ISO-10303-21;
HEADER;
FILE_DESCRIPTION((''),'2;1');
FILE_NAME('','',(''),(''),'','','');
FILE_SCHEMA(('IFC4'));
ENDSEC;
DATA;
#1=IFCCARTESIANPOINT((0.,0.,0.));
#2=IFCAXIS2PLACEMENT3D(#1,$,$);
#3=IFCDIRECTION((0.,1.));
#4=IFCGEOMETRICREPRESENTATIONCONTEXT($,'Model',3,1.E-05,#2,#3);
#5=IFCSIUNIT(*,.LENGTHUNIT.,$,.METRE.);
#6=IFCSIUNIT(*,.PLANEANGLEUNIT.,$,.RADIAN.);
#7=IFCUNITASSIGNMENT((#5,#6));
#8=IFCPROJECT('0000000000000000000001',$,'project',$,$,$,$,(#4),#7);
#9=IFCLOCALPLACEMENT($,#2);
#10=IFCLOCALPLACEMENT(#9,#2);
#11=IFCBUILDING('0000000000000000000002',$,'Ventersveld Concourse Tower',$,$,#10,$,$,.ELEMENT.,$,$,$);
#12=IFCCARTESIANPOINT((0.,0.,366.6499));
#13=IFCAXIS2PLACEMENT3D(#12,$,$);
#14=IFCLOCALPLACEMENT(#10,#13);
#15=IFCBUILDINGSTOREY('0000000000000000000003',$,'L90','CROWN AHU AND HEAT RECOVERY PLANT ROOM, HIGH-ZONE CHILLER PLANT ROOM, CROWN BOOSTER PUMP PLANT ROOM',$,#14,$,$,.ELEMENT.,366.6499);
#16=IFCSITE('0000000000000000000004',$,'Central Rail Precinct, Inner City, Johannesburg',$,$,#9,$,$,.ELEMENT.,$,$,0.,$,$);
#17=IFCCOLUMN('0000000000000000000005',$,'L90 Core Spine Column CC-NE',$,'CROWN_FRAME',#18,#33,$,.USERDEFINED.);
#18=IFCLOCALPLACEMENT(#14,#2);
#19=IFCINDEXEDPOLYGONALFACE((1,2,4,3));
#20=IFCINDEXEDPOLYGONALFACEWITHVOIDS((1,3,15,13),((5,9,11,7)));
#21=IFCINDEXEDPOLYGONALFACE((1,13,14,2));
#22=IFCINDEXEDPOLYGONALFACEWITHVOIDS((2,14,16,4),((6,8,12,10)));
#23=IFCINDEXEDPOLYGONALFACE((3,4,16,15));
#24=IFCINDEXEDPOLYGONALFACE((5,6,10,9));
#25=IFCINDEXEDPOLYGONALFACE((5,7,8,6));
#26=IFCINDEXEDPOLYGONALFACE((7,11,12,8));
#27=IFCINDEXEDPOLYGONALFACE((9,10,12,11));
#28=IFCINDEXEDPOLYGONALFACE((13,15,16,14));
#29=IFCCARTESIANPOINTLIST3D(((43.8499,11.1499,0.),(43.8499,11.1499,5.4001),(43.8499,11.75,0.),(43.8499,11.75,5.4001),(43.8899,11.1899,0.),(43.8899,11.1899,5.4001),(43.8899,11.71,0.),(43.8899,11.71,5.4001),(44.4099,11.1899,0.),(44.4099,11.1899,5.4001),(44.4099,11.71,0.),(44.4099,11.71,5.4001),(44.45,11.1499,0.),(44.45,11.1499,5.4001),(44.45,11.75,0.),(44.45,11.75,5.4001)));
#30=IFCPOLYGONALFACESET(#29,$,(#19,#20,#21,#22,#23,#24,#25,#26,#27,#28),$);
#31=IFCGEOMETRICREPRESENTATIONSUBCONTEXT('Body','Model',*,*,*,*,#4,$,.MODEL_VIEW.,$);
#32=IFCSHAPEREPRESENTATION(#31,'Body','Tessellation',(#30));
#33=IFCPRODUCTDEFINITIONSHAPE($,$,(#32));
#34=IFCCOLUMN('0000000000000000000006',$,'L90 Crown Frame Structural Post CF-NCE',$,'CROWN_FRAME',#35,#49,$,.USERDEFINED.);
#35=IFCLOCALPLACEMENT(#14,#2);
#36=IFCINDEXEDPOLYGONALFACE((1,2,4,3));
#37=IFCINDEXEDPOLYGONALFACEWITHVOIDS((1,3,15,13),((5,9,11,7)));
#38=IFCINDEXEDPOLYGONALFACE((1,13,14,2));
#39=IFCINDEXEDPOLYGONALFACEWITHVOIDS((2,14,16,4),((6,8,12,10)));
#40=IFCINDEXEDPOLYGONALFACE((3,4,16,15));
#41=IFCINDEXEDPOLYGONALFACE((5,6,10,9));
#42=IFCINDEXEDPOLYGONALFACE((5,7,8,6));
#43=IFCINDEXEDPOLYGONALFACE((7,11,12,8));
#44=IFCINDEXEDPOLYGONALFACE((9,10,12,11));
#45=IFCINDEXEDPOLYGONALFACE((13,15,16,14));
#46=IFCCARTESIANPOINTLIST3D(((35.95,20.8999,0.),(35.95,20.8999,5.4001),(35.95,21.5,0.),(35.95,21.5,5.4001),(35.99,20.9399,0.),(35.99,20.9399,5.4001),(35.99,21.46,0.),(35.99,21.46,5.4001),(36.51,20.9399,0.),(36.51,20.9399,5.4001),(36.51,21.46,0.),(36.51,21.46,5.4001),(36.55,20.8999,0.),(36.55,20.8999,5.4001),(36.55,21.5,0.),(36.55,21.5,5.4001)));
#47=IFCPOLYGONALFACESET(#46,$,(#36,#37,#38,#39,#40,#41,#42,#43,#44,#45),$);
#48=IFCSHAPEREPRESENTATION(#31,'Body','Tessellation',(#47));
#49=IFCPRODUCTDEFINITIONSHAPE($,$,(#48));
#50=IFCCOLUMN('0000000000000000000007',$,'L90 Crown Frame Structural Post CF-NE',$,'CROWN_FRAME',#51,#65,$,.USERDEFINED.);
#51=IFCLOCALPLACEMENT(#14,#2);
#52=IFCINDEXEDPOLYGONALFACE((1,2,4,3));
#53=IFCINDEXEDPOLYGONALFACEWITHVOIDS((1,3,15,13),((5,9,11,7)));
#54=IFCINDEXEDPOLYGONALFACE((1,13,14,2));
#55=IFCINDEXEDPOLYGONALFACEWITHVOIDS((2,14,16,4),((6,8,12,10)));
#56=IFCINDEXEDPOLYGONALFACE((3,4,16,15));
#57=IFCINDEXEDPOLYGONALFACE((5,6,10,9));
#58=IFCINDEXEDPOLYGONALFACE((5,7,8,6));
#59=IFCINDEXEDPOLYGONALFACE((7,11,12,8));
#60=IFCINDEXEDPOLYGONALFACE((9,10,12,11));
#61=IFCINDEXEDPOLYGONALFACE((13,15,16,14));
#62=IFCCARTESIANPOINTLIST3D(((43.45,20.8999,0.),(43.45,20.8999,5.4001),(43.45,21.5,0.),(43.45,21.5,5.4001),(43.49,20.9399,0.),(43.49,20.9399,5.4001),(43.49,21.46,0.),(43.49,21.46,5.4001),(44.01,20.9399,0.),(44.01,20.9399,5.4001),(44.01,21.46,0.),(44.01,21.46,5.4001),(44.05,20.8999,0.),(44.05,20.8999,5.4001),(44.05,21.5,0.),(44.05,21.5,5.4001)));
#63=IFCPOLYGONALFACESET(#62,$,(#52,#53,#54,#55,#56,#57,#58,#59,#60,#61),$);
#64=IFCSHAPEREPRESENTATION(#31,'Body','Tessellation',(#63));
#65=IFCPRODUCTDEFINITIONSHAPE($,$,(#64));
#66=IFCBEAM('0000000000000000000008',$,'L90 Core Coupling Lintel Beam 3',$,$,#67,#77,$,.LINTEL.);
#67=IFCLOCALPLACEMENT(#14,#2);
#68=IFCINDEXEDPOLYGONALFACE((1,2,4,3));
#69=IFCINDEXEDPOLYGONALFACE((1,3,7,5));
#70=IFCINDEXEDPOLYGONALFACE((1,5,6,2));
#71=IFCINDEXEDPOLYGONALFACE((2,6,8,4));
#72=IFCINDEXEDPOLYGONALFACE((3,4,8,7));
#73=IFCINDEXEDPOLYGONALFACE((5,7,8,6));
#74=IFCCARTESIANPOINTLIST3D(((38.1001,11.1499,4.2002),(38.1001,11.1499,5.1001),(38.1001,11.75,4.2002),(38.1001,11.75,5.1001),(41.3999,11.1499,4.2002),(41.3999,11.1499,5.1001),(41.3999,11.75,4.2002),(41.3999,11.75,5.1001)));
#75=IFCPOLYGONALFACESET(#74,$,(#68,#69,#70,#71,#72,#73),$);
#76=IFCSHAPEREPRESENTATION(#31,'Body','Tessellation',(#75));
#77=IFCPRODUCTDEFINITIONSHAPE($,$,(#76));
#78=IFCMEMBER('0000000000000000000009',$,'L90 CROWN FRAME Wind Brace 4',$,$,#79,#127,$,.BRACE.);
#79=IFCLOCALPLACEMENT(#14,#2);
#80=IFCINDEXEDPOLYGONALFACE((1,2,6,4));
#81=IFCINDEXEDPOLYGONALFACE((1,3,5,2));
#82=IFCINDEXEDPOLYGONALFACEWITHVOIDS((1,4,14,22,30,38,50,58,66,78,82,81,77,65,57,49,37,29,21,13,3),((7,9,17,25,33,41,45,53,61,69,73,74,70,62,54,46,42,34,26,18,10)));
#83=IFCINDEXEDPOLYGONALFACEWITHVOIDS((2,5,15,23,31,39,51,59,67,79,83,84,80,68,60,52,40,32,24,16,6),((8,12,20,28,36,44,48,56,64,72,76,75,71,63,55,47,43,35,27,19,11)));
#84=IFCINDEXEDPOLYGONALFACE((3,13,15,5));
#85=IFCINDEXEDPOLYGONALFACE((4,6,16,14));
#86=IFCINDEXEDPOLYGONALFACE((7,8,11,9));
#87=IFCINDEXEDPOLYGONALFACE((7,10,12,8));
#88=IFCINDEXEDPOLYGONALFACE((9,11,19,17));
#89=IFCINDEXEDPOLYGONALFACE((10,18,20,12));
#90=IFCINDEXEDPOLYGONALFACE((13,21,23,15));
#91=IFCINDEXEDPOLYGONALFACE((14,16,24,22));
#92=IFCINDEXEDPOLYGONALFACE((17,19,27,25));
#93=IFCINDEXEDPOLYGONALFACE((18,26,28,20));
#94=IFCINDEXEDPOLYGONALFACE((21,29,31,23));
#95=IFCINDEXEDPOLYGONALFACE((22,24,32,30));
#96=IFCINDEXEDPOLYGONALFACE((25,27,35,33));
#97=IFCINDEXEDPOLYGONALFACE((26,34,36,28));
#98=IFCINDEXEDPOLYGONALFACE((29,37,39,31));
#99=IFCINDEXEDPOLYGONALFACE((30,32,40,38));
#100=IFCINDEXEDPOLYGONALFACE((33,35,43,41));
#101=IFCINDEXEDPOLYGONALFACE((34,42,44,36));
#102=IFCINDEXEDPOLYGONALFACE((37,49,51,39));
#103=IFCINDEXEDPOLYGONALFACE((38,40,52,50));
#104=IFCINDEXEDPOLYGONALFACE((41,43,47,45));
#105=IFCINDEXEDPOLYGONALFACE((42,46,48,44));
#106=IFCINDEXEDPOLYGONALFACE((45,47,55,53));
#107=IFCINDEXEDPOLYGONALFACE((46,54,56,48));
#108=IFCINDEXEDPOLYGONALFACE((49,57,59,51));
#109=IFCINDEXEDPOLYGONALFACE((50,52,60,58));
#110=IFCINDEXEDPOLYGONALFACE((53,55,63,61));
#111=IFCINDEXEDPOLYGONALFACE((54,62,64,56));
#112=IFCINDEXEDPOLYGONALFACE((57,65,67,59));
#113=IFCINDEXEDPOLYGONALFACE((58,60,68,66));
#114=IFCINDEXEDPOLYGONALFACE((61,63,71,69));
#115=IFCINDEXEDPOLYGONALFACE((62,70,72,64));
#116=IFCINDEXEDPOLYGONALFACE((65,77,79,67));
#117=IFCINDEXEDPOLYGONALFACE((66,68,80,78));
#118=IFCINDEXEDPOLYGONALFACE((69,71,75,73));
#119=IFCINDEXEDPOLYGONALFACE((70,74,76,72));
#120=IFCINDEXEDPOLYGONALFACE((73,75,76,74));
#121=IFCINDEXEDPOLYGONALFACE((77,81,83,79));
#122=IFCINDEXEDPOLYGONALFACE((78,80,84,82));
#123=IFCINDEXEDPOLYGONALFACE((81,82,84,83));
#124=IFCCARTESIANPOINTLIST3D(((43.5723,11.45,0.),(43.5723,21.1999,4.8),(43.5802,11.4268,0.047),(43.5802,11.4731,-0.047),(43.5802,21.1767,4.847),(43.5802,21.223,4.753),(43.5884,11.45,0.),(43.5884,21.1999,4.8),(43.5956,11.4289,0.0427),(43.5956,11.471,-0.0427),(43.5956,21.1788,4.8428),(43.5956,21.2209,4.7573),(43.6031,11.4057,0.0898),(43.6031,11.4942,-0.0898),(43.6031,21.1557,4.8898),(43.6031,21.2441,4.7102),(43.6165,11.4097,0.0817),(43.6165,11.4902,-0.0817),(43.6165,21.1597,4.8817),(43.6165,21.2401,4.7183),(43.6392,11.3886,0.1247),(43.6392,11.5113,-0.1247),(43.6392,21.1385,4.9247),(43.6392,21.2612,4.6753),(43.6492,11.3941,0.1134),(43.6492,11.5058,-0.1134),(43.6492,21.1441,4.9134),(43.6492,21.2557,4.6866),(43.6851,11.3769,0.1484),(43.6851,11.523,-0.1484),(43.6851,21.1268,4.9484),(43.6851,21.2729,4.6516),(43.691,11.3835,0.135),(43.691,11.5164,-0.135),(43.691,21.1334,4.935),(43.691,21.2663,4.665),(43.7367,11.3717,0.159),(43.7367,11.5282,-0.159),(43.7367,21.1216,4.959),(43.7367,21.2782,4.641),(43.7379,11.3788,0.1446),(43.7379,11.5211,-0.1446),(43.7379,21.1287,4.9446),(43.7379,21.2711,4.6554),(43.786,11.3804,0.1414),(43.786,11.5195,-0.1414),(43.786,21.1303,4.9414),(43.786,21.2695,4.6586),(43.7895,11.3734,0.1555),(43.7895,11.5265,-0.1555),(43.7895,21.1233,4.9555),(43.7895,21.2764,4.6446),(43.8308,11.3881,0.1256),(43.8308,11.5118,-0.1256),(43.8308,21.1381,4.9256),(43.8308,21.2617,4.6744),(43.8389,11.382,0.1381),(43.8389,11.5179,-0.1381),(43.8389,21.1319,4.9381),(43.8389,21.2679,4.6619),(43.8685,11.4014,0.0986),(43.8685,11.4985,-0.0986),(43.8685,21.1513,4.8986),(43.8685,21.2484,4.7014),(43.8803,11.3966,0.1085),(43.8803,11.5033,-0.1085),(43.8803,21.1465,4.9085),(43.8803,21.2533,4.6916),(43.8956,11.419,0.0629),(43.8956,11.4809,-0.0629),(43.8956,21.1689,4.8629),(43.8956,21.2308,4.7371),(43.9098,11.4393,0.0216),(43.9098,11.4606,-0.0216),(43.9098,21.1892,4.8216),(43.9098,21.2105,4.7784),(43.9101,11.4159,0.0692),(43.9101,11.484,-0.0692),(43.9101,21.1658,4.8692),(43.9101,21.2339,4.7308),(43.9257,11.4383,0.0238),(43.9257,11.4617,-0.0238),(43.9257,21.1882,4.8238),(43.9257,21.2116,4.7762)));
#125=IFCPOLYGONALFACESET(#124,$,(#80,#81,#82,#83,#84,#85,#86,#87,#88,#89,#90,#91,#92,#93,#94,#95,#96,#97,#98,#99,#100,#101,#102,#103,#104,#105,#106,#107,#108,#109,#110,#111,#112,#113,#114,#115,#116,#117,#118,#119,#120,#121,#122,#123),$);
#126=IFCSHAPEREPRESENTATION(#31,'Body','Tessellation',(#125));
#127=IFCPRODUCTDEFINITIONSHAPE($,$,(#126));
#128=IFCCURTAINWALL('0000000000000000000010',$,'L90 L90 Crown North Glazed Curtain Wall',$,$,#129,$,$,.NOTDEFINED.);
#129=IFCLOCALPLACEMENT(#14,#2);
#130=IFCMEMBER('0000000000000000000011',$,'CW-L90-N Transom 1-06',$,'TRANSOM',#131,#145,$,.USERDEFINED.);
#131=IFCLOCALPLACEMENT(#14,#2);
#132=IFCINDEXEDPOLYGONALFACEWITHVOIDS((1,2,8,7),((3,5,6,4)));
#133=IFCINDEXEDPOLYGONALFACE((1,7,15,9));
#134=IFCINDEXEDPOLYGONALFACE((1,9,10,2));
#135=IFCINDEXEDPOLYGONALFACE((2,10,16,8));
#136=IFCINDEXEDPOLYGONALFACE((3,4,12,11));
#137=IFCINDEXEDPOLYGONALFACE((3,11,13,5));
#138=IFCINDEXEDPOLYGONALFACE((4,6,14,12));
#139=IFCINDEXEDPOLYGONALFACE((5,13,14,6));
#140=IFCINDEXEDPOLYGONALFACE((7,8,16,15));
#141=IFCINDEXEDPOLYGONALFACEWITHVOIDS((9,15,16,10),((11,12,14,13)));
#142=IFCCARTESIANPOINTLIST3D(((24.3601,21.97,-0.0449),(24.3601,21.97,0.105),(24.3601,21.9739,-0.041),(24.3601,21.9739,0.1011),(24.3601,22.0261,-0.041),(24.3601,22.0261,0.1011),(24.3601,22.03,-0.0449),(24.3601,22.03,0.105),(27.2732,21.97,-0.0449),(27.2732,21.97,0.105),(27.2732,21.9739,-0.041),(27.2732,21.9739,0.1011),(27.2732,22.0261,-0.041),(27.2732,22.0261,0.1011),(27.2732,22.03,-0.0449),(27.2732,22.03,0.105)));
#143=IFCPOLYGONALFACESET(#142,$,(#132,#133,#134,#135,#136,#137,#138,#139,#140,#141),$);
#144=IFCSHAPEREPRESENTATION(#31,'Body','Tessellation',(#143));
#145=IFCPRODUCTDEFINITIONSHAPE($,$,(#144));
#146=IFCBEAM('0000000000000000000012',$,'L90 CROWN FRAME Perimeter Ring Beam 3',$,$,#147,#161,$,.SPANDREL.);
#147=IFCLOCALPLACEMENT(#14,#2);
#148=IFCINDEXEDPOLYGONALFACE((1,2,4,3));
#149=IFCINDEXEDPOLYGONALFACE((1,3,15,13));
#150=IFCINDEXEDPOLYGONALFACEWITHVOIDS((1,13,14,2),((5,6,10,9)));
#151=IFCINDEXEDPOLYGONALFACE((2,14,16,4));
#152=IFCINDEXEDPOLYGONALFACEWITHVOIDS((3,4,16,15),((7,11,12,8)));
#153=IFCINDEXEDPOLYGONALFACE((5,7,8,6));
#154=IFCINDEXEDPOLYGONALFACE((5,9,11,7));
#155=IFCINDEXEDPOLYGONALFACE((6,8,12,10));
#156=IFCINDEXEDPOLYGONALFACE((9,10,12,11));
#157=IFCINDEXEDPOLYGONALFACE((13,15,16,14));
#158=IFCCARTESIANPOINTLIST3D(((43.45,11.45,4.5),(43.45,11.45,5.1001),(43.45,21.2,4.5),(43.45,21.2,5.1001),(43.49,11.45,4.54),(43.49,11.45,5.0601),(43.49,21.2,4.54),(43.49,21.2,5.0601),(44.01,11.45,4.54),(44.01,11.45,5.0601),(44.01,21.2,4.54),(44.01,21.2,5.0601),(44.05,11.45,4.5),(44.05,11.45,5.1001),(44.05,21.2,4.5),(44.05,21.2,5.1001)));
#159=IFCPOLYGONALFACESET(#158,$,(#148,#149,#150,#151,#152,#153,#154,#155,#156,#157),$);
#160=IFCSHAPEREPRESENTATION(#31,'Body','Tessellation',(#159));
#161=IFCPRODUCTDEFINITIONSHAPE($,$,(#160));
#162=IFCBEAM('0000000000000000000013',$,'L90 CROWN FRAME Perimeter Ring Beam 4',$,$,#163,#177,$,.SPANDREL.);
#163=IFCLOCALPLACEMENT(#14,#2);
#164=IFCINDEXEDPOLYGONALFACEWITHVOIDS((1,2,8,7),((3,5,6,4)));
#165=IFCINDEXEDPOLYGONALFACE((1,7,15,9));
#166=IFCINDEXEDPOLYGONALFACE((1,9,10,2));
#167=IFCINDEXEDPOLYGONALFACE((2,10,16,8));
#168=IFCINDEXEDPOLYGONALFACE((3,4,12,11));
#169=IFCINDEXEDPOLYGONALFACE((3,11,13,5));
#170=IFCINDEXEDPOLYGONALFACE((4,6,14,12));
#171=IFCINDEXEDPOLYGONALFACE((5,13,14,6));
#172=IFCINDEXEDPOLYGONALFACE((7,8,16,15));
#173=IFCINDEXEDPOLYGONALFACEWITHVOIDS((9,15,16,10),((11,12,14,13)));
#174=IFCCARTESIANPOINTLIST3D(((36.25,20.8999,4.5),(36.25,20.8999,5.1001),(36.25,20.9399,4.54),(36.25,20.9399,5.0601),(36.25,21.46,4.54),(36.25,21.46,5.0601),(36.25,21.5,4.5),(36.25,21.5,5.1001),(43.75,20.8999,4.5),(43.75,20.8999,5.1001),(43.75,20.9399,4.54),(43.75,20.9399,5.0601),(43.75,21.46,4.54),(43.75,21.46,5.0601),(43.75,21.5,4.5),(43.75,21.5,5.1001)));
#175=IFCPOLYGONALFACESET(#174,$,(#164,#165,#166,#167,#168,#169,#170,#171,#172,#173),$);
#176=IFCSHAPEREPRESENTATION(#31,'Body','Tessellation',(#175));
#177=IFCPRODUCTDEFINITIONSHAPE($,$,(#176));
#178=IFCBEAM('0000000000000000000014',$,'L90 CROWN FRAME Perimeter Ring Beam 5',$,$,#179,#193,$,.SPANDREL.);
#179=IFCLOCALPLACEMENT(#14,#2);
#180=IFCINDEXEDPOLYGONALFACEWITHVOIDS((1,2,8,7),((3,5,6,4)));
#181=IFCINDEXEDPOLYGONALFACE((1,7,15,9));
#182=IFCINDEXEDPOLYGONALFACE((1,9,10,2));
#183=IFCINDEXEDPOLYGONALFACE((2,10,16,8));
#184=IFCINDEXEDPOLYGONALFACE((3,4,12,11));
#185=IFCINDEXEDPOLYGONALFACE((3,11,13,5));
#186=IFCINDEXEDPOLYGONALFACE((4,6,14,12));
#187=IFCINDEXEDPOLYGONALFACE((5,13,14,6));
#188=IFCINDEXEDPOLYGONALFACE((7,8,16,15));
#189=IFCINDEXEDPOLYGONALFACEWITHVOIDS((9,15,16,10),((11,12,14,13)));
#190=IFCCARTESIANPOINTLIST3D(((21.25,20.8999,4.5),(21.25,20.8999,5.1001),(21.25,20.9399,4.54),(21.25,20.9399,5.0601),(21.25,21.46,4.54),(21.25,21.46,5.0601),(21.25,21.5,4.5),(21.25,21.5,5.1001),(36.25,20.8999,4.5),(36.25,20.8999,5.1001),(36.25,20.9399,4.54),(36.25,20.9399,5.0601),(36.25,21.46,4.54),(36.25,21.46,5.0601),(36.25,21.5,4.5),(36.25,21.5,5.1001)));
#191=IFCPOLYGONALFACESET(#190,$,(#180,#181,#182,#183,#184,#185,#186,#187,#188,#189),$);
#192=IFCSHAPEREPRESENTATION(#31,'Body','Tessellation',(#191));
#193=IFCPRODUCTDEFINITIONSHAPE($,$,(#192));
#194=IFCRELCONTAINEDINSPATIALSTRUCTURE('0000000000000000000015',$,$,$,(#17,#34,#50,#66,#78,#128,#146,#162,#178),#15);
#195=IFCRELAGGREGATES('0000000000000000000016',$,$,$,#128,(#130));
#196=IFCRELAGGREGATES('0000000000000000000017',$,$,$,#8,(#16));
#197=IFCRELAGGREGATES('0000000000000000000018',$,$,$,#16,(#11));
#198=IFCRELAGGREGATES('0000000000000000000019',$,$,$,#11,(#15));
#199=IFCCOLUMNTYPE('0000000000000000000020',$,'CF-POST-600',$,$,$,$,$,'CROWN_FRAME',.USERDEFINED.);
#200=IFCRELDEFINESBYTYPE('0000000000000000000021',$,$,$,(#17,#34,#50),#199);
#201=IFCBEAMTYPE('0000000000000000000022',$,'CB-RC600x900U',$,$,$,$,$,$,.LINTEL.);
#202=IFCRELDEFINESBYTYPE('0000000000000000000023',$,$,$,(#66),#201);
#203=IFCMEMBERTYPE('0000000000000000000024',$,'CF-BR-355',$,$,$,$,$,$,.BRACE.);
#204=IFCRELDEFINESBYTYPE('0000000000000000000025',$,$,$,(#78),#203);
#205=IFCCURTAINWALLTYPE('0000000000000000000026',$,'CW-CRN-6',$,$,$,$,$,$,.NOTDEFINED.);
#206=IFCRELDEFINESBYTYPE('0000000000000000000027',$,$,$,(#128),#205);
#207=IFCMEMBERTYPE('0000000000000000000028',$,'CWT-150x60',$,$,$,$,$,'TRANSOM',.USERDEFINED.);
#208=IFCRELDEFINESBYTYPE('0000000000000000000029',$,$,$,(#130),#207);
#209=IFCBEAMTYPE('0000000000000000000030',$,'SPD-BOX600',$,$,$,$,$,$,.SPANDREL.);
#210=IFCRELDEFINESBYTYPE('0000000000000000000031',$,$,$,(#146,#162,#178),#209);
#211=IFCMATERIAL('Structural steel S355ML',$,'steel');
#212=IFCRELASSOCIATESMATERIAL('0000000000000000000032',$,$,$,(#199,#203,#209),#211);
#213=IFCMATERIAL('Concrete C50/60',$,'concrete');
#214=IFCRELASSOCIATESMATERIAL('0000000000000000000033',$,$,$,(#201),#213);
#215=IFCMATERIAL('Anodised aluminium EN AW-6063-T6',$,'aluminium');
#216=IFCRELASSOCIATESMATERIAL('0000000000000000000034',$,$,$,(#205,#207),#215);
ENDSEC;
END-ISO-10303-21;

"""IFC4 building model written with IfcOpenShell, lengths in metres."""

from ifc_helpers import new_model, si_unit, direction, frame, origin, origin_2d, place, context, subcontext, project, spatial, rectangle, hollow_rectangle, hollow_circle, extrude, material, material_profile, profile_set, type_object, element, aggregate, save


model = new_model("IFC4")

# Units and contexts
model_context = context("Model", 3, precision=1e-05, world=origin(), true_north=direction((0.0, 1.0)))
body_context = subcontext(model_context, "Body", "Model", "MODEL_VIEW")
ifc_project = project(units=[si_unit("LENGTHUNIT", "METRE"), si_unit("PLANEANGLEUNIT", "RADIAN")], contexts=[model_context])

# Site, building, storey
site_placement = place(None, origin())
site = spatial("IfcSite", under=ifc_project, at=site_placement, Name="Central Rail Precinct, Inner City, Johannesburg", CompositionType="ELEMENT", RefElevation=0.0)
building_placement = place(site_placement, origin())
building = spatial("IfcBuilding", under=site, at=building_placement, Name="Ventersveld Concourse Tower", CompositionType="ELEMENT")
storey_placement = place(building_placement, frame((0.0, 0.0, 366.6499)))
storey = spatial("IfcBuildingStorey", under=building, at=storey_placement, Name="L90", Description="CROWN AHU AND HEAT RECOVERY PLANT ROOM, HIGH-ZONE CHILLER PLANT ROOM, CROWN BOOSTER PUMP PLANT ROOM", CompositionType="ELEMENT", Elevation=366.6499)

# Columns
ifc_material_1 = material(Name="Structural steel S355ML", Category="steel")
ifc_material_profile_1 = material_profile(ifc_material_1, hollow_rectangle(XDim=0.6001, YDim=0.6001, WallThickness=0.04, at=origin_2d()), Name="BOX 600x600x40")
ifc_profile_set_1 = profile_set([ifc_material_profile_1], Name="Structural steel S355ML")
column_type = type_object("IfcColumnType", Name="CF-POST-600", ElementType="CROWN_FRAME", PredefinedType="USERDEFINED", material=ifc_profile_set_1)
for number, where, z_axis, x_axis, name in (
    (1, (44.1499, 11.45, 0.0), (0.0, 0.0, 1.0), (1.0, 0.0, 0.0), "L90 Core Spine Column CC-NE"),
    (2, (36.25, 21.2, 0.0), (0.0, 0.0, 1.0), (1.0, 0.0, 0.0), "L90 Crown Frame Structural Post CF-NCE"),
    (3, (43.75, 21.2, 0.0), (0.0, 0.0, 1.0), (1.0, 0.0, 0.0), "L90 Crown Frame Structural Post CF-NE"),
):
    element("IfcColumn", number, at=place(storey_placement, frame(where, z_axis=z_axis, x_axis=x_axis)), inside=storey, type_object=column_type, Name=name, ObjectType="CROWN_FRAME", PredefinedType="USERDEFINED", context=body_context, shape_type="SweptSolid", body=[
        extrude(hollow_rectangle(XDim=0.6001, YDim=0.6001, WallThickness=0.04, at=origin_2d()), origin(), (0.0, 0.0, 1.0), 5.4001),
    ])

# Beam
ifc_material_2 = material(Name="Concrete C50/60", Category="concrete")
ifc_material_profile_2 = material_profile(ifc_material_2, rectangle(XDim=0.6001, YDim=0.8999, at=origin_2d()), Name="RC 600x900")
ifc_profile_set_2 = profile_set([ifc_material_profile_2], Name="Concrete C50/60")
beam_type_1 = type_object("IfcBeamType", Name="CB-RC600x900U", PredefinedType="LINTEL", material=ifc_profile_set_2)
beam_1_placement = place(storey_placement, frame((38.1001, 11.45, 4.6501), z_axis=(1.0, 0.0, 0.0), x_axis=(0.0, 1.0, 0.0)))
element("IfcBeam", 4, at=beam_1_placement, inside=storey, type_object=beam_type_1, Name="L90 Core Coupling Lintel Beam 3", PredefinedType="LINTEL", context=body_context, shape_type="SweptSolid", body=[
    extrude(rectangle(XDim=0.6001, YDim=0.8999, at=origin_2d()), origin(), (0.0, 0.0, 1.0), 3.2998),
])

# Member
ifc_material_profile_3 = material_profile(ifc_material_1, hollow_circle(Radius=0.1777, WallThickness=0.0161, at=origin_2d()), Name="CHS 355.6x16")
ifc_profile_set_3 = profile_set([ifc_material_profile_3], Name="Structural steel S355ML")
member_type_1 = type_object("IfcMemberType", Name="CF-BR-355", PredefinedType="BRACE", material=ifc_profile_set_3)
member_1_placement = place(storey_placement, frame((43.75, 11.45, 0.0), z_axis=(0.0, 0.897169, 0.441688), x_axis=(-1.0, 0.0, 0.0)))
element("IfcMember", 5, at=member_1_placement, inside=storey, type_object=member_type_1, Name="L90 CROWN FRAME Wind Brace 4", PredefinedType="BRACE", context=body_context, shape_type="SweptSolid", body=[
    extrude(hollow_circle(Radius=0.1777, WallThickness=0.0161, at=origin_2d()), origin(), (0.0, 0.0, 1.0), 10.8674),
])

# Curtain wall, member
ifc_material_3 = material(Name="Anodised aluminium EN AW-6063-T6", Category="aluminium")
curtain_wall_type = type_object("IfcCurtainWallType", Name="CW-CRN-6", PredefinedType="NOTDEFINED", material=ifc_material_3)
curtain_wall_placement = place(storey_placement, origin())
curtain_wall = element("IfcCurtainWall", 6, at=curtain_wall_placement, inside=storey, type_object=curtain_wall_type, Name="L90 L90 Crown North Glazed Curtain Wall", PredefinedType="NOTDEFINED")
ifc_material_profile_4 = material_profile(ifc_material_3, hollow_rectangle(XDim=0.0601, YDim=0.1499, WallThickness=0.0039, at=origin_2d()), Name="ALU 150x60x4")
ifc_profile_set_4 = profile_set([ifc_material_profile_4], Name="Anodised aluminium EN AW-6063-T6")
member_type_2 = type_object("IfcMemberType", Name="CWT-150x60", ElementType="TRANSOM", PredefinedType="USERDEFINED", material=ifc_profile_set_4)
member_2_placement = place(storey_placement, frame((27.2732, 22.0, 0.03), z_axis=(-1.0, 0.0, 0.0), x_axis=(0.0, -1.0, 0.0)))
member_2 = element("IfcMember", 7, at=member_2_placement, type_object=member_type_2, Name="CW-L90-N Transom 1-06", ObjectType="TRANSOM", PredefinedType="USERDEFINED", context=body_context, shape_type="SweptSolid", body=[
    extrude(hollow_rectangle(XDim=0.0601, YDim=0.1499, WallThickness=0.0039, at=origin_2d()), origin(), (0.0, 0.0, 1.0), 2.9131),
])
aggregate(curtain_wall, [member_2])

# Beams
ifc_material_profile_5 = material_profile(ifc_material_1, hollow_rectangle(XDim=0.6001, YDim=0.6001, WallThickness=0.04, at=origin_2d()), Name="BOX 600x600x40")
ifc_profile_set_5 = profile_set([ifc_material_profile_5], Name="Structural steel S355ML")
beam_type_2 = type_object("IfcBeamType", Name="SPD-BOX600", PredefinedType="SPANDREL", material=ifc_profile_set_5)
beam_2_placement = place(storey_placement, frame((43.75, 11.45, 4.8), z_axis=(0.0, 1.0, 0.0), x_axis=(-1.0, 0.0, 0.0)))
element("IfcBeam", 8, at=beam_2_placement, inside=storey, type_object=beam_type_2, Name="L90 CROWN FRAME Perimeter Ring Beam 3", PredefinedType="SPANDREL", context=body_context, shape_type="SweptSolid", body=[
    extrude(hollow_rectangle(XDim=0.6001, YDim=0.6001, WallThickness=0.04, at=origin_2d()), origin(), (0.0, 0.0, 1.0), 9.75),
])
beam_3_placement = place(storey_placement, frame((43.75, 21.2, 4.8), z_axis=(-1.0, 0.0, 0.0), x_axis=(0.0, -1.0, 0.0)))
element("IfcBeam", 9, at=beam_3_placement, inside=storey, type_object=beam_type_2, Name="L90 CROWN FRAME Perimeter Ring Beam 4", PredefinedType="SPANDREL", context=body_context, shape_type="SweptSolid", body=[
    extrude(hollow_rectangle(XDim=0.6001, YDim=0.6001, WallThickness=0.04, at=origin_2d()), origin(), (0.0, 0.0, 1.0), 7.5),
])
beam_4_placement = place(storey_placement, frame((36.25, 21.2, 4.8), z_axis=(-1.0, 0.0, 0.0), x_axis=(0.0, -1.0, 0.0)))
element("IfcBeam", 10, at=beam_4_placement, inside=storey, type_object=beam_type_2, Name="L90 CROWN FRAME Perimeter Ring Beam 5", PredefinedType="SPANDREL", context=body_context, shape_type="SweptSolid", body=[
    extrude(hollow_rectangle(XDim=0.6001, YDim=0.6001, WallThickness=0.04, at=origin_2d()), origin(), (0.0, 0.0, 1.0), 15.0),
])

save(model, "model.ifc")
